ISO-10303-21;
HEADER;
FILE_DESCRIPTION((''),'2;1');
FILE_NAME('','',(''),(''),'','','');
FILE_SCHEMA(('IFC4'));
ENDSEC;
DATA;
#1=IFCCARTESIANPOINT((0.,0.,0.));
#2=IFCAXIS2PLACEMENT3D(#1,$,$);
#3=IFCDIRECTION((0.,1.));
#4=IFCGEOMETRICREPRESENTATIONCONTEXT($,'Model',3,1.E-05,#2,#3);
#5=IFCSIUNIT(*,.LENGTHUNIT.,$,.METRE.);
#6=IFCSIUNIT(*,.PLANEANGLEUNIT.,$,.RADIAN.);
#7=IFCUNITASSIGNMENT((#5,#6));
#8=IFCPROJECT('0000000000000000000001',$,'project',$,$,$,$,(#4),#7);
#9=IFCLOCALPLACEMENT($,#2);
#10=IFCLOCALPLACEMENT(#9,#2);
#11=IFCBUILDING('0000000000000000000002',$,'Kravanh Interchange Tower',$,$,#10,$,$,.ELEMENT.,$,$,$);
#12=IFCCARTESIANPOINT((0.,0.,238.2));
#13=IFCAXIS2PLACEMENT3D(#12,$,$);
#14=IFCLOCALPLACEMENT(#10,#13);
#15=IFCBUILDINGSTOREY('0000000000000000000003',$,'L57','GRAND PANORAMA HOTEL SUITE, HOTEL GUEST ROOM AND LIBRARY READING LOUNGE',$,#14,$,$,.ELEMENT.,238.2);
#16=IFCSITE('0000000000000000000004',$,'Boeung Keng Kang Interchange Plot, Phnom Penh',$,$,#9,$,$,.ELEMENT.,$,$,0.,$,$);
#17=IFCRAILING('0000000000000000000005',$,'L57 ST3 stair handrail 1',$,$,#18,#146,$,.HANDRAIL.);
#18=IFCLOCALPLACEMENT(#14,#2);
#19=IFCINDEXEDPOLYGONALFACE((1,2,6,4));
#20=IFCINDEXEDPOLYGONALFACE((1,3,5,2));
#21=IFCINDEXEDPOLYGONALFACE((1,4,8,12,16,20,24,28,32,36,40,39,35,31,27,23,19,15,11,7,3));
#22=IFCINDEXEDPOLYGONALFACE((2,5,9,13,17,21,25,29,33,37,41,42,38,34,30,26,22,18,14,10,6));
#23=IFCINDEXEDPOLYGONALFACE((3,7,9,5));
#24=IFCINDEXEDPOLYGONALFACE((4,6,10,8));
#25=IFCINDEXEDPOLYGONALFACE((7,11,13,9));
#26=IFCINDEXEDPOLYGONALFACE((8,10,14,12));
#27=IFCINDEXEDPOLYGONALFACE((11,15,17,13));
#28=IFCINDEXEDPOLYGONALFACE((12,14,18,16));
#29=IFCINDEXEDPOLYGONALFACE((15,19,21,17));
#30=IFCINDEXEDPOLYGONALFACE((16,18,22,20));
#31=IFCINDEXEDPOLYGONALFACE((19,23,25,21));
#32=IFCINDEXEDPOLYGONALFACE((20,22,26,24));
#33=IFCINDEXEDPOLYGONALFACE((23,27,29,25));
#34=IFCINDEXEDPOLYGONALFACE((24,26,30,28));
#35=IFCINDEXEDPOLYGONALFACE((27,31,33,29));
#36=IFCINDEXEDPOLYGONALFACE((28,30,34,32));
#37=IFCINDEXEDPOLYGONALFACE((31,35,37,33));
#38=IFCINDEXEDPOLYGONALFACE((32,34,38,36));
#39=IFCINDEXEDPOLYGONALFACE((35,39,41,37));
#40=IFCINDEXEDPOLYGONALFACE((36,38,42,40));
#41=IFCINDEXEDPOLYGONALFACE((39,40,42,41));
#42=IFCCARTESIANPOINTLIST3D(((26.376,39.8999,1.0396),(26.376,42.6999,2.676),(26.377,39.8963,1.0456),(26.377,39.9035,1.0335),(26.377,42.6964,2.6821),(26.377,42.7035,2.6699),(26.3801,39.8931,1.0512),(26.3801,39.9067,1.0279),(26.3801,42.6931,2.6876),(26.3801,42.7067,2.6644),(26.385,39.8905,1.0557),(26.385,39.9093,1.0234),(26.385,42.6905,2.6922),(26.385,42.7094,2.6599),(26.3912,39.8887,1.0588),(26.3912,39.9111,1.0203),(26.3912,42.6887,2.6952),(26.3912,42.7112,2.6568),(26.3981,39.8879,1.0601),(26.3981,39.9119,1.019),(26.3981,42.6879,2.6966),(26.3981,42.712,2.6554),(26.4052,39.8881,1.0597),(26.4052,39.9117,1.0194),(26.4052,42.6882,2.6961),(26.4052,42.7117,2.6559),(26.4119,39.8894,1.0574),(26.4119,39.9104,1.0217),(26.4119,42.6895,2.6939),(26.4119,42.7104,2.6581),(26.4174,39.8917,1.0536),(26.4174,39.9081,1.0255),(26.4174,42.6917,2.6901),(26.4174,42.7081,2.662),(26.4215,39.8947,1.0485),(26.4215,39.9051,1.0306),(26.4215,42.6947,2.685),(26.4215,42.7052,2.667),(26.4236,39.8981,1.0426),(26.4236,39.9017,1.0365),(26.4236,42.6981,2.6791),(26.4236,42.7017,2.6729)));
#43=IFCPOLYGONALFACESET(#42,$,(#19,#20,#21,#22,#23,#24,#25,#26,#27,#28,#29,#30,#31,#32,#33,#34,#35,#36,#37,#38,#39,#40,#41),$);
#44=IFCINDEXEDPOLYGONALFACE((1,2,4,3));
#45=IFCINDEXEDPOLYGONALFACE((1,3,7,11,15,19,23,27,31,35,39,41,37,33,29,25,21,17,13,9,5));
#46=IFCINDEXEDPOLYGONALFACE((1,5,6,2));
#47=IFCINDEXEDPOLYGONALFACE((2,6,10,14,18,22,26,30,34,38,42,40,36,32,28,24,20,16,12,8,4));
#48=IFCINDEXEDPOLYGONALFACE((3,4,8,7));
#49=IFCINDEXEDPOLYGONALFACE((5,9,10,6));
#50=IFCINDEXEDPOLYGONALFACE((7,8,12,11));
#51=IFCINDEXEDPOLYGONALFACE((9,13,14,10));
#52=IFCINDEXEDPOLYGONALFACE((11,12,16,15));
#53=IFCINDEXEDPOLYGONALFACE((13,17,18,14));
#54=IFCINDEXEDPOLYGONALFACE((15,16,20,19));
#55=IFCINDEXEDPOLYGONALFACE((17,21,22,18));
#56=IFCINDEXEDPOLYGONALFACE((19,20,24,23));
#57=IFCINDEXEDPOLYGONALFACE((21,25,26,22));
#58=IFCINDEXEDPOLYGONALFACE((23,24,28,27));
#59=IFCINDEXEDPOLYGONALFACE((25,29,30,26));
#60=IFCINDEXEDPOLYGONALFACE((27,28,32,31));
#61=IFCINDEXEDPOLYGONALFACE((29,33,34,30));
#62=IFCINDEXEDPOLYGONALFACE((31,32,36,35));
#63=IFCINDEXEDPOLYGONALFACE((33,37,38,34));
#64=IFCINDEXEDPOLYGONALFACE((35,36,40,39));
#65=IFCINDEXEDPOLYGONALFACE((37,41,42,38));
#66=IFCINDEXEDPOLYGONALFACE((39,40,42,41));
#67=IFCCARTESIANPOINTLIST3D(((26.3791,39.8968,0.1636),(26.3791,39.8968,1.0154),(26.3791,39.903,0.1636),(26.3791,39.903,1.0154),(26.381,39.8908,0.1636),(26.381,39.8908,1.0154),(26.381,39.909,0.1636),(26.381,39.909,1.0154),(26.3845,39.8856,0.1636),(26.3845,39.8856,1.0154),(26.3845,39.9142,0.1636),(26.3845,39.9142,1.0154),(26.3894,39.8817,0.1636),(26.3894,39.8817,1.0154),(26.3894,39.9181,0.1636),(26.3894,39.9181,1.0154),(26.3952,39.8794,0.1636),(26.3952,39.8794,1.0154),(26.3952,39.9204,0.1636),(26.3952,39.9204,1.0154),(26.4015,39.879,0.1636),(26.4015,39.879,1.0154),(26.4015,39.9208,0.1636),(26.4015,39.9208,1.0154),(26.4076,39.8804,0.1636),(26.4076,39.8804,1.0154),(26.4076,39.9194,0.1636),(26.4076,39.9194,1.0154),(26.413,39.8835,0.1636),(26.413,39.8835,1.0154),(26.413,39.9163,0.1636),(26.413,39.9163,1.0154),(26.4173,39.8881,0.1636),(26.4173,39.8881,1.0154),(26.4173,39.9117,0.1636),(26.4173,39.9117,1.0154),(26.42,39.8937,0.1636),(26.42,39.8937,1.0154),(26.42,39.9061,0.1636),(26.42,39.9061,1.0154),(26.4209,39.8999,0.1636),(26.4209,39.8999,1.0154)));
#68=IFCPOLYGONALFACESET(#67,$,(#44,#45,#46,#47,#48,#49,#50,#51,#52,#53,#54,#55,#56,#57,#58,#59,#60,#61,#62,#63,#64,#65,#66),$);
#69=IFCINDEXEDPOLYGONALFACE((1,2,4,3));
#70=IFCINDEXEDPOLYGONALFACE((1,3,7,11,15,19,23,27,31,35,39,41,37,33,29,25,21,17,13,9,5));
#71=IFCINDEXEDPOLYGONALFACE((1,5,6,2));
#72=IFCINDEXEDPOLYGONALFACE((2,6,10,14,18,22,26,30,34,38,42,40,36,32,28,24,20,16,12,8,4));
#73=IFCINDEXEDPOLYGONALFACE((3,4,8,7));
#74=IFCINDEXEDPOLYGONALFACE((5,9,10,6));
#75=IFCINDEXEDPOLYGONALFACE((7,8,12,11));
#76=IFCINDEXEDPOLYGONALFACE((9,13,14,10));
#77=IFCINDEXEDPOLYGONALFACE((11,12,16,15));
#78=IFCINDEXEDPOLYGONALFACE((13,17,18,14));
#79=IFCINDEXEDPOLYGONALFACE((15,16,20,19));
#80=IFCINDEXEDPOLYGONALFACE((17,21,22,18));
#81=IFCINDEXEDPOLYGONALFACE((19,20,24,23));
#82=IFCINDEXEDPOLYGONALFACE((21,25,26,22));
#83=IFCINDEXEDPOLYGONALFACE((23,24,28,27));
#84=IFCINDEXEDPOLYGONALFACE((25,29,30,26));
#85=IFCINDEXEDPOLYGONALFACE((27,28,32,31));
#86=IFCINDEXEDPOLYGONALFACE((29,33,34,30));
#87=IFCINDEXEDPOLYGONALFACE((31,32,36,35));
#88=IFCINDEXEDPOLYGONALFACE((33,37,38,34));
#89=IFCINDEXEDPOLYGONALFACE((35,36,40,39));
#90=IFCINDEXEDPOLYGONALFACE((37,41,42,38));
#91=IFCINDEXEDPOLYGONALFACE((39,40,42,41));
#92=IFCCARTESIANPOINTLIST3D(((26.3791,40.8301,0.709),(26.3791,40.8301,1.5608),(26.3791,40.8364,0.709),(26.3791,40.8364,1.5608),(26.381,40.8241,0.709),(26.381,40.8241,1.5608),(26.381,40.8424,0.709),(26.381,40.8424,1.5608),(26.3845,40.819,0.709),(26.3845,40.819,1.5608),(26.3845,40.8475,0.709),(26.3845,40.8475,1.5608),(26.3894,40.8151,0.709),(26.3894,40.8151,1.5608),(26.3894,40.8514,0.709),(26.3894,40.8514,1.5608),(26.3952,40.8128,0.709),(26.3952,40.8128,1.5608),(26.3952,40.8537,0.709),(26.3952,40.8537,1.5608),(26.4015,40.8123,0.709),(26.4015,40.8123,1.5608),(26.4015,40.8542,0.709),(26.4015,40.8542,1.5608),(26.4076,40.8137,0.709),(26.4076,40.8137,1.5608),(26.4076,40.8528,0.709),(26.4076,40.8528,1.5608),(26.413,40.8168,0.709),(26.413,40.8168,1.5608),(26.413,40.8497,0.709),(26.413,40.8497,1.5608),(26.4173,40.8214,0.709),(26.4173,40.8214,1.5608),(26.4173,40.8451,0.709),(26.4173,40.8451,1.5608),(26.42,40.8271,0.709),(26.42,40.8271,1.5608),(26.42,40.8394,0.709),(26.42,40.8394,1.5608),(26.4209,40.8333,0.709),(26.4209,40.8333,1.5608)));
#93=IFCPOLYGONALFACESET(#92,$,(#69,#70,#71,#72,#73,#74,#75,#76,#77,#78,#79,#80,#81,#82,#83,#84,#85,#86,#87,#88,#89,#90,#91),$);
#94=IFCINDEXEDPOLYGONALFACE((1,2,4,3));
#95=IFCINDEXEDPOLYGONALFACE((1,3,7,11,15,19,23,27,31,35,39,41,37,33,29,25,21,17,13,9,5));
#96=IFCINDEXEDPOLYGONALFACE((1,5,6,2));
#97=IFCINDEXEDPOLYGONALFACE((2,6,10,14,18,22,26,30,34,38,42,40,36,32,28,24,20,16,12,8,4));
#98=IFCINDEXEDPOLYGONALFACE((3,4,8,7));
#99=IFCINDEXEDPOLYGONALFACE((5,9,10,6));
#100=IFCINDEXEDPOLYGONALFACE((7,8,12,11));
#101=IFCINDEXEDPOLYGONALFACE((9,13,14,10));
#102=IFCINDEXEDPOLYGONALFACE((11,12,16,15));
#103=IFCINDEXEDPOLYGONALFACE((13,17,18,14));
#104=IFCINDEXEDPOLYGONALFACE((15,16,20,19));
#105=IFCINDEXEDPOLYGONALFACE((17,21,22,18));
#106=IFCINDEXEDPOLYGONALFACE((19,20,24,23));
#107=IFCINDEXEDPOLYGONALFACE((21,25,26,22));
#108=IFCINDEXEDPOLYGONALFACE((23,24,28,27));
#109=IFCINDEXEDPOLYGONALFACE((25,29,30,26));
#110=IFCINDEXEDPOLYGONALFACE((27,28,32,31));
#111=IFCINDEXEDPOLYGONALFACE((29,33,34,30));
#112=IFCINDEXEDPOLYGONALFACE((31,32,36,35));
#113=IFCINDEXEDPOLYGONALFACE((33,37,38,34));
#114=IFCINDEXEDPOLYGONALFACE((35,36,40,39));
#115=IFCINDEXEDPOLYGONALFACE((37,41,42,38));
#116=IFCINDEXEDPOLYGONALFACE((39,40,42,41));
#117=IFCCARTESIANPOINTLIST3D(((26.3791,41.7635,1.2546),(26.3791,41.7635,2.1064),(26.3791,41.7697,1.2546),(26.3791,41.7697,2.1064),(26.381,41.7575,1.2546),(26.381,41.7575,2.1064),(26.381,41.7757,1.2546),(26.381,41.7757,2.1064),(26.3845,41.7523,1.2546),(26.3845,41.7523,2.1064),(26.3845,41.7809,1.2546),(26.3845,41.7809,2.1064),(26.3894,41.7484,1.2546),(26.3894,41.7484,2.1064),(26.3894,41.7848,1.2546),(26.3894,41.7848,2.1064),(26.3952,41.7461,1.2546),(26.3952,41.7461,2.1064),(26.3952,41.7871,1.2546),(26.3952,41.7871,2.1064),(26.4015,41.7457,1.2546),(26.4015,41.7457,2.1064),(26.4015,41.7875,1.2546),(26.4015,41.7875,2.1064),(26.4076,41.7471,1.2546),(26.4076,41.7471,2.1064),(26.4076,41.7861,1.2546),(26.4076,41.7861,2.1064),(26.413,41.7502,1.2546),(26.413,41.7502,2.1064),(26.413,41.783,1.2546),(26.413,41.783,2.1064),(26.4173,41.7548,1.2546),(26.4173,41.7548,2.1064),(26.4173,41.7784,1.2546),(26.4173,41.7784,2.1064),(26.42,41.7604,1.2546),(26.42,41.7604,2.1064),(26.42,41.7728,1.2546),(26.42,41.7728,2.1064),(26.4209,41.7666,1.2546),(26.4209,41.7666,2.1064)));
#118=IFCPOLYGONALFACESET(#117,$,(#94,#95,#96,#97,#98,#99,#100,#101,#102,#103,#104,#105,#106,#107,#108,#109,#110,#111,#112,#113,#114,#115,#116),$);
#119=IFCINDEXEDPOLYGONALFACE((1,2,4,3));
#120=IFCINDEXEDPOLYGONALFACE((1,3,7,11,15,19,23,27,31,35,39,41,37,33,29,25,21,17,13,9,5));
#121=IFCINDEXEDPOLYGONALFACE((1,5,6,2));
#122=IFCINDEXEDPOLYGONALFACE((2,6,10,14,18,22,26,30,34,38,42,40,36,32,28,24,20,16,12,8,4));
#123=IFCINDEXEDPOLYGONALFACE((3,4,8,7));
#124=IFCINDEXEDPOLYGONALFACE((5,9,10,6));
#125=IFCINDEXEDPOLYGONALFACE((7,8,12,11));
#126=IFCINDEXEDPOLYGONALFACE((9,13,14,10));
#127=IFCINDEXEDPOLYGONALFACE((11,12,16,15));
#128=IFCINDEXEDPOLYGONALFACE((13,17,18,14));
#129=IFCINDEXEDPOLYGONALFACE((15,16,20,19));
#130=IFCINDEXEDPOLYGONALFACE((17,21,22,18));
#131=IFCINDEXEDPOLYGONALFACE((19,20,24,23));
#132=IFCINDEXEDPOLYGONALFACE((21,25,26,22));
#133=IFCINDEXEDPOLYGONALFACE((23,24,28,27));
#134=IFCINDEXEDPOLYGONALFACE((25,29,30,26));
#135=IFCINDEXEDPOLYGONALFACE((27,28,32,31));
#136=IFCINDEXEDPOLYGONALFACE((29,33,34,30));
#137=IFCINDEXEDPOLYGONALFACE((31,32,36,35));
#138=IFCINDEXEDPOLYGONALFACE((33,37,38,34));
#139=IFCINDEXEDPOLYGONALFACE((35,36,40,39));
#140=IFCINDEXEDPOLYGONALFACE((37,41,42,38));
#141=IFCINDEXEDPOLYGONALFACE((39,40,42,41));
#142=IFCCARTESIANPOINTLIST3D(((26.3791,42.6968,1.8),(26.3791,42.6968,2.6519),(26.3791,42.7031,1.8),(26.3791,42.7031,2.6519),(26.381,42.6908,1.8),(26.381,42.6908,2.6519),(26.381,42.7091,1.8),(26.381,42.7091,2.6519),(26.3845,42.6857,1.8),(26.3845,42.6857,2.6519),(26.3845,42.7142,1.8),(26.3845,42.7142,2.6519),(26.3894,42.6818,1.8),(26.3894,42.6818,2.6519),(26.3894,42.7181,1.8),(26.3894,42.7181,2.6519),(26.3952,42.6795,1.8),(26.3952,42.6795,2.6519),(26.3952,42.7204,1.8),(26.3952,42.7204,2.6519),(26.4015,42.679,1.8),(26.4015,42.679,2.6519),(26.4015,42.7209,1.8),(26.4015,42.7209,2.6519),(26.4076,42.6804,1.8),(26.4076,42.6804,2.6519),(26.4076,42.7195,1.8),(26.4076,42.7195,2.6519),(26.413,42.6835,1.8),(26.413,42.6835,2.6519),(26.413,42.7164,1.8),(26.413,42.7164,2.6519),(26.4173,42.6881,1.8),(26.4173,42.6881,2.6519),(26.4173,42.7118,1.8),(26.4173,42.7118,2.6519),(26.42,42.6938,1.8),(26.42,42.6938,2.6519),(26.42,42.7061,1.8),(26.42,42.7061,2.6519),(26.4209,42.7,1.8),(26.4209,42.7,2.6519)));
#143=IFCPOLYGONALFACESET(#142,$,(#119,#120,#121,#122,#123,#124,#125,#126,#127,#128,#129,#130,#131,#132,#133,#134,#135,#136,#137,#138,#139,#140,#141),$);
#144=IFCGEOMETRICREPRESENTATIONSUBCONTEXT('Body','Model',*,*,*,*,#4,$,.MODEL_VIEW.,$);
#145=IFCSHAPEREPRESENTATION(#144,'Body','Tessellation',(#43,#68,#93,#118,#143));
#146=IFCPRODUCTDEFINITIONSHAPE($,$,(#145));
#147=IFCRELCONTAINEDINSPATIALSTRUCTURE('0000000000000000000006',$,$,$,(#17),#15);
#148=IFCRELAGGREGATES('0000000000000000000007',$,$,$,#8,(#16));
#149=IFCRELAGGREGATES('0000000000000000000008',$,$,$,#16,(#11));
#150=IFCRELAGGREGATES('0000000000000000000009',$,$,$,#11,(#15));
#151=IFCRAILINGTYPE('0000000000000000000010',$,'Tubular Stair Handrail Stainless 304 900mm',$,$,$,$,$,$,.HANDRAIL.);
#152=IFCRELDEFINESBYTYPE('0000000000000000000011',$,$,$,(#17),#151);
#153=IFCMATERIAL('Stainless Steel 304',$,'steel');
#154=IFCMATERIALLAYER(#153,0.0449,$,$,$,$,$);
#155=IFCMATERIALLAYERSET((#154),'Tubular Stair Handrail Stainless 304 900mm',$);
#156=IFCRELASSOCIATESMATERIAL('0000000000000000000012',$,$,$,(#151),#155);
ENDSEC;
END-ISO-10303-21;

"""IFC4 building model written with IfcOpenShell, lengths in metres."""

from ifc_helpers import new_model, si_unit, direction, frame, origin, origin_2d, place, context, subcontext, project, spatial, circle, extrude, material, layer, layer_set, type_object, element, save


model = new_model("IFC4")

# Units and contexts
model_context = context("Model", 3, precision=1e-05, world=origin(), true_north=direction((0.0, 1.0)))
body_context = subcontext(model_context, "Body", "Model", "MODEL_VIEW")
ifc_project = project(units=[si_unit("LENGTHUNIT", "METRE"), si_unit("PLANEANGLEUNIT", "RADIAN")], contexts=[model_context])

# Site, building, storey
site_placement = place(None, origin())
site = spatial("IfcSite", under=ifc_project, at=site_placement, Name="Boeung Keng Kang Interchange Plot, Phnom Penh", CompositionType="ELEMENT", RefElevation=0.0)
building_placement = place(site_placement, origin())
building = spatial("IfcBuilding", under=site, at=building_placement, Name="Kravanh Interchange Tower", CompositionType="ELEMENT")
storey_placement = place(building_placement, frame((0.0, 0.0, 238.2)))
storey = spatial("IfcBuildingStorey", under=building, at=storey_placement, Name="L57", Description="GRAND PANORAMA HOTEL SUITE, HOTEL GUEST ROOM AND LIBRARY READING LOUNGE", CompositionType="ELEMENT", Elevation=238.2)

# Railing
ifc_material_1 = material(Name="Stainless Steel 304", Category="steel")
ifc_layer_1 = layer(ifc_material_1, 0.0449)
ifc_layer_set_1 = layer_set([ifc_layer_1], Name="Tubular Stair Handrail Stainless 304 900mm")
railing_type_1 = type_object("IfcRailingType", Name="Tubular Stair Handrail Stainless 304 900mm", PredefinedType="HANDRAIL", material=ifc_layer_set_1)
railing_1_placement = place(storey_placement, frame((26.3999, 39.8999, 0.1636)))
element("IfcRailing", 1, at=railing_1_placement, inside=storey, type_object=railing_type_1, Name="L57 ST3 stair handrail 1", PredefinedType="HANDRAIL", context=body_context, shape_type="SweptSolid", body=[
    extrude(circle(Radius=0.0239, at=origin_2d()), frame((0.0, 0.0, 0.876), z_axis=(0.0, 0.863361, 0.504587), x_axis=(-1.0, 0.0, 0.0)), (0.0, 0.0, 1.0), 3.2432),
    extrude(circle(Radius=0.021, at=origin_2d()), origin(), (0.0, 0.0, 1.0), 0.8518),
    extrude(circle(Radius=0.021, at=origin_2d()), frame((0.0, 0.9333, 0.5454)), (0.0, 0.0, 1.0), 0.8518),
    extrude(circle(Radius=0.021, at=origin_2d()), frame((0.0, 1.8667, 1.0911)), (0.0, 0.0, 1.0), 0.8518),
    extrude(circle(Radius=0.021, at=origin_2d()), frame((0.0, 2.8, 1.6365)), (0.0, 0.0, 1.0), 0.8518),
])

save(model, "model.ifc")
